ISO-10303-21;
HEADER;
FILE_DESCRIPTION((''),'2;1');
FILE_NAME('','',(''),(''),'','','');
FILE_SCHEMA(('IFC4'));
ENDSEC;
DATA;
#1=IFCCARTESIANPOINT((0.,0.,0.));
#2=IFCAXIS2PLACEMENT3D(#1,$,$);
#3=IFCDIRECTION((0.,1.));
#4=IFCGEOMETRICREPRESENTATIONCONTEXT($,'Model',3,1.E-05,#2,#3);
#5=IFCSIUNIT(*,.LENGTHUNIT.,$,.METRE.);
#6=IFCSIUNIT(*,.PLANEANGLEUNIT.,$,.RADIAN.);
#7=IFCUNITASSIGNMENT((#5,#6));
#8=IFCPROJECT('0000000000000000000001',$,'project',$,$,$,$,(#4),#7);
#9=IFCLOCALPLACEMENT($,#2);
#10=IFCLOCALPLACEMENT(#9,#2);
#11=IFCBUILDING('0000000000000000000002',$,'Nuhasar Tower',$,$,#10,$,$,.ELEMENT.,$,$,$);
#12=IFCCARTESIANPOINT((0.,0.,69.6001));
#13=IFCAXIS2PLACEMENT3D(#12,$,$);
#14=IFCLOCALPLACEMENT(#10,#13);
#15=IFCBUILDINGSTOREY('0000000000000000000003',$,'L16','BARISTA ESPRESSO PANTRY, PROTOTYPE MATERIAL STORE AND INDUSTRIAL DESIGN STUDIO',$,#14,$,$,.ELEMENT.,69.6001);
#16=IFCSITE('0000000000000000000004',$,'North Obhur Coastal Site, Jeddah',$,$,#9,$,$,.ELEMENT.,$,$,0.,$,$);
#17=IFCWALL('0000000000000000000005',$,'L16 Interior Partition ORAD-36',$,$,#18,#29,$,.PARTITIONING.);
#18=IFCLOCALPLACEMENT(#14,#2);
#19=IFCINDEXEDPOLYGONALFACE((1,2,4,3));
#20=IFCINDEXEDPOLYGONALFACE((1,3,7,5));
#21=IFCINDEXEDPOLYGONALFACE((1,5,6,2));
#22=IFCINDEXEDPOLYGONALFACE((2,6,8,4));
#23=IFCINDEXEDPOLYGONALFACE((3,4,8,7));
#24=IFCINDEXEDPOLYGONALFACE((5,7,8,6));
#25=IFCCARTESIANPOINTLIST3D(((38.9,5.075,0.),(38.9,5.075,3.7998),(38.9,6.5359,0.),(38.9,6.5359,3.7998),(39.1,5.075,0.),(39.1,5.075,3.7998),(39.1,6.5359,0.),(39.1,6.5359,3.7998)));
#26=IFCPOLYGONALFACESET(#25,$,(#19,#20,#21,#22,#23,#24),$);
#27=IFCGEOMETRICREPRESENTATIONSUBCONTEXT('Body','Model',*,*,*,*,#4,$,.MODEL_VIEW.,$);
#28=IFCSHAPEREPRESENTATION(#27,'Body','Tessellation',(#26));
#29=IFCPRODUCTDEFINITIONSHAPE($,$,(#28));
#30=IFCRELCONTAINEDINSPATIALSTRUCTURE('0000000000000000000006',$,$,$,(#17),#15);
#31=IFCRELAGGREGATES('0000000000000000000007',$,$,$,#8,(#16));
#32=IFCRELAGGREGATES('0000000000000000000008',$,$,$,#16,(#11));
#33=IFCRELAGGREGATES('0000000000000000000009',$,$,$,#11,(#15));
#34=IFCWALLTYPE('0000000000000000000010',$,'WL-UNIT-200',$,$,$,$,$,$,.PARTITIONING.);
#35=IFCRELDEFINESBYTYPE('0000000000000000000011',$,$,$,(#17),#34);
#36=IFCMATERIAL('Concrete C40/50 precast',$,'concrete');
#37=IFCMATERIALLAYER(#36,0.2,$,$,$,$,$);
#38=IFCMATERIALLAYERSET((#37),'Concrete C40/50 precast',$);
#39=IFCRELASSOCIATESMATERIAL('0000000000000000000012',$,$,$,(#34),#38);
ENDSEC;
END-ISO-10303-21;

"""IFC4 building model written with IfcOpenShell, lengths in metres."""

from ifc_helpers import new_model, si_unit, direction, frame, frame_2d, origin, place, context, subcontext, project, spatial, rectangle, extrude, material, layer, layer_set, type_object, element, save


model = new_model("IFC4")

# Units and contexts
model_context = context("Model", 3, precision=1e-05, world=origin(), true_north=direction((0.0, 1.0)))
body_context = subcontext(model_context, "Body", "Model", "MODEL_VIEW")
ifc_project = project(units=[si_unit("LENGTHUNIT", "METRE"), si_unit("PLANEANGLEUNIT", "RADIAN")], contexts=[model_context])

# Site, building, storey
site_placement = place(None, origin())
site = spatial("IfcSite", under=ifc_project, at=site_placement, Name="North Obhur Coastal Site, Jeddah", CompositionType="ELEMENT", RefElevation=0.0)
building_placement = place(site_placement, origin())
building = spatial("IfcBuilding", under=site, at=building_placement, Name="Nuhasar Tower", CompositionType="ELEMENT")
storey_placement = place(building_placement, frame((0.0, 0.0, 69.6001)))
storey = spatial("IfcBuildingStorey", under=building, at=storey_placement, Name="L16", Description="BARISTA ESPRESSO PANTRY, PROTOTYPE MATERIAL STORE AND INDUSTRIAL DESIGN STUDIO", CompositionType="ELEMENT", Elevation=69.6001)

# Wall
ifc_material_1 = material(Name="Concrete C40/50 precast", Category="concrete")
ifc_layer_1 = layer(ifc_material_1, 0.2)
ifc_layer_set_1 = layer_set([ifc_layer_1], Name="Concrete C40/50 precast")
wall_type_1 = type_object("IfcWallType", Name="WL-UNIT-200", PredefinedType="PARTITIONING", material=ifc_layer_set_1)
wall_1_placement = place(storey_placement, frame((39.0, 6.5359, 0.0), z_axis=(0.0, 0.0, 1.0), x_axis=(0.0, -1.0, 0.0)))
element("IfcWall", 1, at=wall_1_placement, inside=storey, type_object=wall_type_1, Name="L16 Interior Partition ORAD-36", PredefinedType="PARTITIONING", context=body_context, shape_type="SweptSolid", body=[
    extrude(rectangle(XDim=1.4609, YDim=0.2, at=frame_2d((0.7305, 0.0))), origin(), (0.0, 0.0, 1.0), 3.7998),
])

save(model, "model.ifc")
